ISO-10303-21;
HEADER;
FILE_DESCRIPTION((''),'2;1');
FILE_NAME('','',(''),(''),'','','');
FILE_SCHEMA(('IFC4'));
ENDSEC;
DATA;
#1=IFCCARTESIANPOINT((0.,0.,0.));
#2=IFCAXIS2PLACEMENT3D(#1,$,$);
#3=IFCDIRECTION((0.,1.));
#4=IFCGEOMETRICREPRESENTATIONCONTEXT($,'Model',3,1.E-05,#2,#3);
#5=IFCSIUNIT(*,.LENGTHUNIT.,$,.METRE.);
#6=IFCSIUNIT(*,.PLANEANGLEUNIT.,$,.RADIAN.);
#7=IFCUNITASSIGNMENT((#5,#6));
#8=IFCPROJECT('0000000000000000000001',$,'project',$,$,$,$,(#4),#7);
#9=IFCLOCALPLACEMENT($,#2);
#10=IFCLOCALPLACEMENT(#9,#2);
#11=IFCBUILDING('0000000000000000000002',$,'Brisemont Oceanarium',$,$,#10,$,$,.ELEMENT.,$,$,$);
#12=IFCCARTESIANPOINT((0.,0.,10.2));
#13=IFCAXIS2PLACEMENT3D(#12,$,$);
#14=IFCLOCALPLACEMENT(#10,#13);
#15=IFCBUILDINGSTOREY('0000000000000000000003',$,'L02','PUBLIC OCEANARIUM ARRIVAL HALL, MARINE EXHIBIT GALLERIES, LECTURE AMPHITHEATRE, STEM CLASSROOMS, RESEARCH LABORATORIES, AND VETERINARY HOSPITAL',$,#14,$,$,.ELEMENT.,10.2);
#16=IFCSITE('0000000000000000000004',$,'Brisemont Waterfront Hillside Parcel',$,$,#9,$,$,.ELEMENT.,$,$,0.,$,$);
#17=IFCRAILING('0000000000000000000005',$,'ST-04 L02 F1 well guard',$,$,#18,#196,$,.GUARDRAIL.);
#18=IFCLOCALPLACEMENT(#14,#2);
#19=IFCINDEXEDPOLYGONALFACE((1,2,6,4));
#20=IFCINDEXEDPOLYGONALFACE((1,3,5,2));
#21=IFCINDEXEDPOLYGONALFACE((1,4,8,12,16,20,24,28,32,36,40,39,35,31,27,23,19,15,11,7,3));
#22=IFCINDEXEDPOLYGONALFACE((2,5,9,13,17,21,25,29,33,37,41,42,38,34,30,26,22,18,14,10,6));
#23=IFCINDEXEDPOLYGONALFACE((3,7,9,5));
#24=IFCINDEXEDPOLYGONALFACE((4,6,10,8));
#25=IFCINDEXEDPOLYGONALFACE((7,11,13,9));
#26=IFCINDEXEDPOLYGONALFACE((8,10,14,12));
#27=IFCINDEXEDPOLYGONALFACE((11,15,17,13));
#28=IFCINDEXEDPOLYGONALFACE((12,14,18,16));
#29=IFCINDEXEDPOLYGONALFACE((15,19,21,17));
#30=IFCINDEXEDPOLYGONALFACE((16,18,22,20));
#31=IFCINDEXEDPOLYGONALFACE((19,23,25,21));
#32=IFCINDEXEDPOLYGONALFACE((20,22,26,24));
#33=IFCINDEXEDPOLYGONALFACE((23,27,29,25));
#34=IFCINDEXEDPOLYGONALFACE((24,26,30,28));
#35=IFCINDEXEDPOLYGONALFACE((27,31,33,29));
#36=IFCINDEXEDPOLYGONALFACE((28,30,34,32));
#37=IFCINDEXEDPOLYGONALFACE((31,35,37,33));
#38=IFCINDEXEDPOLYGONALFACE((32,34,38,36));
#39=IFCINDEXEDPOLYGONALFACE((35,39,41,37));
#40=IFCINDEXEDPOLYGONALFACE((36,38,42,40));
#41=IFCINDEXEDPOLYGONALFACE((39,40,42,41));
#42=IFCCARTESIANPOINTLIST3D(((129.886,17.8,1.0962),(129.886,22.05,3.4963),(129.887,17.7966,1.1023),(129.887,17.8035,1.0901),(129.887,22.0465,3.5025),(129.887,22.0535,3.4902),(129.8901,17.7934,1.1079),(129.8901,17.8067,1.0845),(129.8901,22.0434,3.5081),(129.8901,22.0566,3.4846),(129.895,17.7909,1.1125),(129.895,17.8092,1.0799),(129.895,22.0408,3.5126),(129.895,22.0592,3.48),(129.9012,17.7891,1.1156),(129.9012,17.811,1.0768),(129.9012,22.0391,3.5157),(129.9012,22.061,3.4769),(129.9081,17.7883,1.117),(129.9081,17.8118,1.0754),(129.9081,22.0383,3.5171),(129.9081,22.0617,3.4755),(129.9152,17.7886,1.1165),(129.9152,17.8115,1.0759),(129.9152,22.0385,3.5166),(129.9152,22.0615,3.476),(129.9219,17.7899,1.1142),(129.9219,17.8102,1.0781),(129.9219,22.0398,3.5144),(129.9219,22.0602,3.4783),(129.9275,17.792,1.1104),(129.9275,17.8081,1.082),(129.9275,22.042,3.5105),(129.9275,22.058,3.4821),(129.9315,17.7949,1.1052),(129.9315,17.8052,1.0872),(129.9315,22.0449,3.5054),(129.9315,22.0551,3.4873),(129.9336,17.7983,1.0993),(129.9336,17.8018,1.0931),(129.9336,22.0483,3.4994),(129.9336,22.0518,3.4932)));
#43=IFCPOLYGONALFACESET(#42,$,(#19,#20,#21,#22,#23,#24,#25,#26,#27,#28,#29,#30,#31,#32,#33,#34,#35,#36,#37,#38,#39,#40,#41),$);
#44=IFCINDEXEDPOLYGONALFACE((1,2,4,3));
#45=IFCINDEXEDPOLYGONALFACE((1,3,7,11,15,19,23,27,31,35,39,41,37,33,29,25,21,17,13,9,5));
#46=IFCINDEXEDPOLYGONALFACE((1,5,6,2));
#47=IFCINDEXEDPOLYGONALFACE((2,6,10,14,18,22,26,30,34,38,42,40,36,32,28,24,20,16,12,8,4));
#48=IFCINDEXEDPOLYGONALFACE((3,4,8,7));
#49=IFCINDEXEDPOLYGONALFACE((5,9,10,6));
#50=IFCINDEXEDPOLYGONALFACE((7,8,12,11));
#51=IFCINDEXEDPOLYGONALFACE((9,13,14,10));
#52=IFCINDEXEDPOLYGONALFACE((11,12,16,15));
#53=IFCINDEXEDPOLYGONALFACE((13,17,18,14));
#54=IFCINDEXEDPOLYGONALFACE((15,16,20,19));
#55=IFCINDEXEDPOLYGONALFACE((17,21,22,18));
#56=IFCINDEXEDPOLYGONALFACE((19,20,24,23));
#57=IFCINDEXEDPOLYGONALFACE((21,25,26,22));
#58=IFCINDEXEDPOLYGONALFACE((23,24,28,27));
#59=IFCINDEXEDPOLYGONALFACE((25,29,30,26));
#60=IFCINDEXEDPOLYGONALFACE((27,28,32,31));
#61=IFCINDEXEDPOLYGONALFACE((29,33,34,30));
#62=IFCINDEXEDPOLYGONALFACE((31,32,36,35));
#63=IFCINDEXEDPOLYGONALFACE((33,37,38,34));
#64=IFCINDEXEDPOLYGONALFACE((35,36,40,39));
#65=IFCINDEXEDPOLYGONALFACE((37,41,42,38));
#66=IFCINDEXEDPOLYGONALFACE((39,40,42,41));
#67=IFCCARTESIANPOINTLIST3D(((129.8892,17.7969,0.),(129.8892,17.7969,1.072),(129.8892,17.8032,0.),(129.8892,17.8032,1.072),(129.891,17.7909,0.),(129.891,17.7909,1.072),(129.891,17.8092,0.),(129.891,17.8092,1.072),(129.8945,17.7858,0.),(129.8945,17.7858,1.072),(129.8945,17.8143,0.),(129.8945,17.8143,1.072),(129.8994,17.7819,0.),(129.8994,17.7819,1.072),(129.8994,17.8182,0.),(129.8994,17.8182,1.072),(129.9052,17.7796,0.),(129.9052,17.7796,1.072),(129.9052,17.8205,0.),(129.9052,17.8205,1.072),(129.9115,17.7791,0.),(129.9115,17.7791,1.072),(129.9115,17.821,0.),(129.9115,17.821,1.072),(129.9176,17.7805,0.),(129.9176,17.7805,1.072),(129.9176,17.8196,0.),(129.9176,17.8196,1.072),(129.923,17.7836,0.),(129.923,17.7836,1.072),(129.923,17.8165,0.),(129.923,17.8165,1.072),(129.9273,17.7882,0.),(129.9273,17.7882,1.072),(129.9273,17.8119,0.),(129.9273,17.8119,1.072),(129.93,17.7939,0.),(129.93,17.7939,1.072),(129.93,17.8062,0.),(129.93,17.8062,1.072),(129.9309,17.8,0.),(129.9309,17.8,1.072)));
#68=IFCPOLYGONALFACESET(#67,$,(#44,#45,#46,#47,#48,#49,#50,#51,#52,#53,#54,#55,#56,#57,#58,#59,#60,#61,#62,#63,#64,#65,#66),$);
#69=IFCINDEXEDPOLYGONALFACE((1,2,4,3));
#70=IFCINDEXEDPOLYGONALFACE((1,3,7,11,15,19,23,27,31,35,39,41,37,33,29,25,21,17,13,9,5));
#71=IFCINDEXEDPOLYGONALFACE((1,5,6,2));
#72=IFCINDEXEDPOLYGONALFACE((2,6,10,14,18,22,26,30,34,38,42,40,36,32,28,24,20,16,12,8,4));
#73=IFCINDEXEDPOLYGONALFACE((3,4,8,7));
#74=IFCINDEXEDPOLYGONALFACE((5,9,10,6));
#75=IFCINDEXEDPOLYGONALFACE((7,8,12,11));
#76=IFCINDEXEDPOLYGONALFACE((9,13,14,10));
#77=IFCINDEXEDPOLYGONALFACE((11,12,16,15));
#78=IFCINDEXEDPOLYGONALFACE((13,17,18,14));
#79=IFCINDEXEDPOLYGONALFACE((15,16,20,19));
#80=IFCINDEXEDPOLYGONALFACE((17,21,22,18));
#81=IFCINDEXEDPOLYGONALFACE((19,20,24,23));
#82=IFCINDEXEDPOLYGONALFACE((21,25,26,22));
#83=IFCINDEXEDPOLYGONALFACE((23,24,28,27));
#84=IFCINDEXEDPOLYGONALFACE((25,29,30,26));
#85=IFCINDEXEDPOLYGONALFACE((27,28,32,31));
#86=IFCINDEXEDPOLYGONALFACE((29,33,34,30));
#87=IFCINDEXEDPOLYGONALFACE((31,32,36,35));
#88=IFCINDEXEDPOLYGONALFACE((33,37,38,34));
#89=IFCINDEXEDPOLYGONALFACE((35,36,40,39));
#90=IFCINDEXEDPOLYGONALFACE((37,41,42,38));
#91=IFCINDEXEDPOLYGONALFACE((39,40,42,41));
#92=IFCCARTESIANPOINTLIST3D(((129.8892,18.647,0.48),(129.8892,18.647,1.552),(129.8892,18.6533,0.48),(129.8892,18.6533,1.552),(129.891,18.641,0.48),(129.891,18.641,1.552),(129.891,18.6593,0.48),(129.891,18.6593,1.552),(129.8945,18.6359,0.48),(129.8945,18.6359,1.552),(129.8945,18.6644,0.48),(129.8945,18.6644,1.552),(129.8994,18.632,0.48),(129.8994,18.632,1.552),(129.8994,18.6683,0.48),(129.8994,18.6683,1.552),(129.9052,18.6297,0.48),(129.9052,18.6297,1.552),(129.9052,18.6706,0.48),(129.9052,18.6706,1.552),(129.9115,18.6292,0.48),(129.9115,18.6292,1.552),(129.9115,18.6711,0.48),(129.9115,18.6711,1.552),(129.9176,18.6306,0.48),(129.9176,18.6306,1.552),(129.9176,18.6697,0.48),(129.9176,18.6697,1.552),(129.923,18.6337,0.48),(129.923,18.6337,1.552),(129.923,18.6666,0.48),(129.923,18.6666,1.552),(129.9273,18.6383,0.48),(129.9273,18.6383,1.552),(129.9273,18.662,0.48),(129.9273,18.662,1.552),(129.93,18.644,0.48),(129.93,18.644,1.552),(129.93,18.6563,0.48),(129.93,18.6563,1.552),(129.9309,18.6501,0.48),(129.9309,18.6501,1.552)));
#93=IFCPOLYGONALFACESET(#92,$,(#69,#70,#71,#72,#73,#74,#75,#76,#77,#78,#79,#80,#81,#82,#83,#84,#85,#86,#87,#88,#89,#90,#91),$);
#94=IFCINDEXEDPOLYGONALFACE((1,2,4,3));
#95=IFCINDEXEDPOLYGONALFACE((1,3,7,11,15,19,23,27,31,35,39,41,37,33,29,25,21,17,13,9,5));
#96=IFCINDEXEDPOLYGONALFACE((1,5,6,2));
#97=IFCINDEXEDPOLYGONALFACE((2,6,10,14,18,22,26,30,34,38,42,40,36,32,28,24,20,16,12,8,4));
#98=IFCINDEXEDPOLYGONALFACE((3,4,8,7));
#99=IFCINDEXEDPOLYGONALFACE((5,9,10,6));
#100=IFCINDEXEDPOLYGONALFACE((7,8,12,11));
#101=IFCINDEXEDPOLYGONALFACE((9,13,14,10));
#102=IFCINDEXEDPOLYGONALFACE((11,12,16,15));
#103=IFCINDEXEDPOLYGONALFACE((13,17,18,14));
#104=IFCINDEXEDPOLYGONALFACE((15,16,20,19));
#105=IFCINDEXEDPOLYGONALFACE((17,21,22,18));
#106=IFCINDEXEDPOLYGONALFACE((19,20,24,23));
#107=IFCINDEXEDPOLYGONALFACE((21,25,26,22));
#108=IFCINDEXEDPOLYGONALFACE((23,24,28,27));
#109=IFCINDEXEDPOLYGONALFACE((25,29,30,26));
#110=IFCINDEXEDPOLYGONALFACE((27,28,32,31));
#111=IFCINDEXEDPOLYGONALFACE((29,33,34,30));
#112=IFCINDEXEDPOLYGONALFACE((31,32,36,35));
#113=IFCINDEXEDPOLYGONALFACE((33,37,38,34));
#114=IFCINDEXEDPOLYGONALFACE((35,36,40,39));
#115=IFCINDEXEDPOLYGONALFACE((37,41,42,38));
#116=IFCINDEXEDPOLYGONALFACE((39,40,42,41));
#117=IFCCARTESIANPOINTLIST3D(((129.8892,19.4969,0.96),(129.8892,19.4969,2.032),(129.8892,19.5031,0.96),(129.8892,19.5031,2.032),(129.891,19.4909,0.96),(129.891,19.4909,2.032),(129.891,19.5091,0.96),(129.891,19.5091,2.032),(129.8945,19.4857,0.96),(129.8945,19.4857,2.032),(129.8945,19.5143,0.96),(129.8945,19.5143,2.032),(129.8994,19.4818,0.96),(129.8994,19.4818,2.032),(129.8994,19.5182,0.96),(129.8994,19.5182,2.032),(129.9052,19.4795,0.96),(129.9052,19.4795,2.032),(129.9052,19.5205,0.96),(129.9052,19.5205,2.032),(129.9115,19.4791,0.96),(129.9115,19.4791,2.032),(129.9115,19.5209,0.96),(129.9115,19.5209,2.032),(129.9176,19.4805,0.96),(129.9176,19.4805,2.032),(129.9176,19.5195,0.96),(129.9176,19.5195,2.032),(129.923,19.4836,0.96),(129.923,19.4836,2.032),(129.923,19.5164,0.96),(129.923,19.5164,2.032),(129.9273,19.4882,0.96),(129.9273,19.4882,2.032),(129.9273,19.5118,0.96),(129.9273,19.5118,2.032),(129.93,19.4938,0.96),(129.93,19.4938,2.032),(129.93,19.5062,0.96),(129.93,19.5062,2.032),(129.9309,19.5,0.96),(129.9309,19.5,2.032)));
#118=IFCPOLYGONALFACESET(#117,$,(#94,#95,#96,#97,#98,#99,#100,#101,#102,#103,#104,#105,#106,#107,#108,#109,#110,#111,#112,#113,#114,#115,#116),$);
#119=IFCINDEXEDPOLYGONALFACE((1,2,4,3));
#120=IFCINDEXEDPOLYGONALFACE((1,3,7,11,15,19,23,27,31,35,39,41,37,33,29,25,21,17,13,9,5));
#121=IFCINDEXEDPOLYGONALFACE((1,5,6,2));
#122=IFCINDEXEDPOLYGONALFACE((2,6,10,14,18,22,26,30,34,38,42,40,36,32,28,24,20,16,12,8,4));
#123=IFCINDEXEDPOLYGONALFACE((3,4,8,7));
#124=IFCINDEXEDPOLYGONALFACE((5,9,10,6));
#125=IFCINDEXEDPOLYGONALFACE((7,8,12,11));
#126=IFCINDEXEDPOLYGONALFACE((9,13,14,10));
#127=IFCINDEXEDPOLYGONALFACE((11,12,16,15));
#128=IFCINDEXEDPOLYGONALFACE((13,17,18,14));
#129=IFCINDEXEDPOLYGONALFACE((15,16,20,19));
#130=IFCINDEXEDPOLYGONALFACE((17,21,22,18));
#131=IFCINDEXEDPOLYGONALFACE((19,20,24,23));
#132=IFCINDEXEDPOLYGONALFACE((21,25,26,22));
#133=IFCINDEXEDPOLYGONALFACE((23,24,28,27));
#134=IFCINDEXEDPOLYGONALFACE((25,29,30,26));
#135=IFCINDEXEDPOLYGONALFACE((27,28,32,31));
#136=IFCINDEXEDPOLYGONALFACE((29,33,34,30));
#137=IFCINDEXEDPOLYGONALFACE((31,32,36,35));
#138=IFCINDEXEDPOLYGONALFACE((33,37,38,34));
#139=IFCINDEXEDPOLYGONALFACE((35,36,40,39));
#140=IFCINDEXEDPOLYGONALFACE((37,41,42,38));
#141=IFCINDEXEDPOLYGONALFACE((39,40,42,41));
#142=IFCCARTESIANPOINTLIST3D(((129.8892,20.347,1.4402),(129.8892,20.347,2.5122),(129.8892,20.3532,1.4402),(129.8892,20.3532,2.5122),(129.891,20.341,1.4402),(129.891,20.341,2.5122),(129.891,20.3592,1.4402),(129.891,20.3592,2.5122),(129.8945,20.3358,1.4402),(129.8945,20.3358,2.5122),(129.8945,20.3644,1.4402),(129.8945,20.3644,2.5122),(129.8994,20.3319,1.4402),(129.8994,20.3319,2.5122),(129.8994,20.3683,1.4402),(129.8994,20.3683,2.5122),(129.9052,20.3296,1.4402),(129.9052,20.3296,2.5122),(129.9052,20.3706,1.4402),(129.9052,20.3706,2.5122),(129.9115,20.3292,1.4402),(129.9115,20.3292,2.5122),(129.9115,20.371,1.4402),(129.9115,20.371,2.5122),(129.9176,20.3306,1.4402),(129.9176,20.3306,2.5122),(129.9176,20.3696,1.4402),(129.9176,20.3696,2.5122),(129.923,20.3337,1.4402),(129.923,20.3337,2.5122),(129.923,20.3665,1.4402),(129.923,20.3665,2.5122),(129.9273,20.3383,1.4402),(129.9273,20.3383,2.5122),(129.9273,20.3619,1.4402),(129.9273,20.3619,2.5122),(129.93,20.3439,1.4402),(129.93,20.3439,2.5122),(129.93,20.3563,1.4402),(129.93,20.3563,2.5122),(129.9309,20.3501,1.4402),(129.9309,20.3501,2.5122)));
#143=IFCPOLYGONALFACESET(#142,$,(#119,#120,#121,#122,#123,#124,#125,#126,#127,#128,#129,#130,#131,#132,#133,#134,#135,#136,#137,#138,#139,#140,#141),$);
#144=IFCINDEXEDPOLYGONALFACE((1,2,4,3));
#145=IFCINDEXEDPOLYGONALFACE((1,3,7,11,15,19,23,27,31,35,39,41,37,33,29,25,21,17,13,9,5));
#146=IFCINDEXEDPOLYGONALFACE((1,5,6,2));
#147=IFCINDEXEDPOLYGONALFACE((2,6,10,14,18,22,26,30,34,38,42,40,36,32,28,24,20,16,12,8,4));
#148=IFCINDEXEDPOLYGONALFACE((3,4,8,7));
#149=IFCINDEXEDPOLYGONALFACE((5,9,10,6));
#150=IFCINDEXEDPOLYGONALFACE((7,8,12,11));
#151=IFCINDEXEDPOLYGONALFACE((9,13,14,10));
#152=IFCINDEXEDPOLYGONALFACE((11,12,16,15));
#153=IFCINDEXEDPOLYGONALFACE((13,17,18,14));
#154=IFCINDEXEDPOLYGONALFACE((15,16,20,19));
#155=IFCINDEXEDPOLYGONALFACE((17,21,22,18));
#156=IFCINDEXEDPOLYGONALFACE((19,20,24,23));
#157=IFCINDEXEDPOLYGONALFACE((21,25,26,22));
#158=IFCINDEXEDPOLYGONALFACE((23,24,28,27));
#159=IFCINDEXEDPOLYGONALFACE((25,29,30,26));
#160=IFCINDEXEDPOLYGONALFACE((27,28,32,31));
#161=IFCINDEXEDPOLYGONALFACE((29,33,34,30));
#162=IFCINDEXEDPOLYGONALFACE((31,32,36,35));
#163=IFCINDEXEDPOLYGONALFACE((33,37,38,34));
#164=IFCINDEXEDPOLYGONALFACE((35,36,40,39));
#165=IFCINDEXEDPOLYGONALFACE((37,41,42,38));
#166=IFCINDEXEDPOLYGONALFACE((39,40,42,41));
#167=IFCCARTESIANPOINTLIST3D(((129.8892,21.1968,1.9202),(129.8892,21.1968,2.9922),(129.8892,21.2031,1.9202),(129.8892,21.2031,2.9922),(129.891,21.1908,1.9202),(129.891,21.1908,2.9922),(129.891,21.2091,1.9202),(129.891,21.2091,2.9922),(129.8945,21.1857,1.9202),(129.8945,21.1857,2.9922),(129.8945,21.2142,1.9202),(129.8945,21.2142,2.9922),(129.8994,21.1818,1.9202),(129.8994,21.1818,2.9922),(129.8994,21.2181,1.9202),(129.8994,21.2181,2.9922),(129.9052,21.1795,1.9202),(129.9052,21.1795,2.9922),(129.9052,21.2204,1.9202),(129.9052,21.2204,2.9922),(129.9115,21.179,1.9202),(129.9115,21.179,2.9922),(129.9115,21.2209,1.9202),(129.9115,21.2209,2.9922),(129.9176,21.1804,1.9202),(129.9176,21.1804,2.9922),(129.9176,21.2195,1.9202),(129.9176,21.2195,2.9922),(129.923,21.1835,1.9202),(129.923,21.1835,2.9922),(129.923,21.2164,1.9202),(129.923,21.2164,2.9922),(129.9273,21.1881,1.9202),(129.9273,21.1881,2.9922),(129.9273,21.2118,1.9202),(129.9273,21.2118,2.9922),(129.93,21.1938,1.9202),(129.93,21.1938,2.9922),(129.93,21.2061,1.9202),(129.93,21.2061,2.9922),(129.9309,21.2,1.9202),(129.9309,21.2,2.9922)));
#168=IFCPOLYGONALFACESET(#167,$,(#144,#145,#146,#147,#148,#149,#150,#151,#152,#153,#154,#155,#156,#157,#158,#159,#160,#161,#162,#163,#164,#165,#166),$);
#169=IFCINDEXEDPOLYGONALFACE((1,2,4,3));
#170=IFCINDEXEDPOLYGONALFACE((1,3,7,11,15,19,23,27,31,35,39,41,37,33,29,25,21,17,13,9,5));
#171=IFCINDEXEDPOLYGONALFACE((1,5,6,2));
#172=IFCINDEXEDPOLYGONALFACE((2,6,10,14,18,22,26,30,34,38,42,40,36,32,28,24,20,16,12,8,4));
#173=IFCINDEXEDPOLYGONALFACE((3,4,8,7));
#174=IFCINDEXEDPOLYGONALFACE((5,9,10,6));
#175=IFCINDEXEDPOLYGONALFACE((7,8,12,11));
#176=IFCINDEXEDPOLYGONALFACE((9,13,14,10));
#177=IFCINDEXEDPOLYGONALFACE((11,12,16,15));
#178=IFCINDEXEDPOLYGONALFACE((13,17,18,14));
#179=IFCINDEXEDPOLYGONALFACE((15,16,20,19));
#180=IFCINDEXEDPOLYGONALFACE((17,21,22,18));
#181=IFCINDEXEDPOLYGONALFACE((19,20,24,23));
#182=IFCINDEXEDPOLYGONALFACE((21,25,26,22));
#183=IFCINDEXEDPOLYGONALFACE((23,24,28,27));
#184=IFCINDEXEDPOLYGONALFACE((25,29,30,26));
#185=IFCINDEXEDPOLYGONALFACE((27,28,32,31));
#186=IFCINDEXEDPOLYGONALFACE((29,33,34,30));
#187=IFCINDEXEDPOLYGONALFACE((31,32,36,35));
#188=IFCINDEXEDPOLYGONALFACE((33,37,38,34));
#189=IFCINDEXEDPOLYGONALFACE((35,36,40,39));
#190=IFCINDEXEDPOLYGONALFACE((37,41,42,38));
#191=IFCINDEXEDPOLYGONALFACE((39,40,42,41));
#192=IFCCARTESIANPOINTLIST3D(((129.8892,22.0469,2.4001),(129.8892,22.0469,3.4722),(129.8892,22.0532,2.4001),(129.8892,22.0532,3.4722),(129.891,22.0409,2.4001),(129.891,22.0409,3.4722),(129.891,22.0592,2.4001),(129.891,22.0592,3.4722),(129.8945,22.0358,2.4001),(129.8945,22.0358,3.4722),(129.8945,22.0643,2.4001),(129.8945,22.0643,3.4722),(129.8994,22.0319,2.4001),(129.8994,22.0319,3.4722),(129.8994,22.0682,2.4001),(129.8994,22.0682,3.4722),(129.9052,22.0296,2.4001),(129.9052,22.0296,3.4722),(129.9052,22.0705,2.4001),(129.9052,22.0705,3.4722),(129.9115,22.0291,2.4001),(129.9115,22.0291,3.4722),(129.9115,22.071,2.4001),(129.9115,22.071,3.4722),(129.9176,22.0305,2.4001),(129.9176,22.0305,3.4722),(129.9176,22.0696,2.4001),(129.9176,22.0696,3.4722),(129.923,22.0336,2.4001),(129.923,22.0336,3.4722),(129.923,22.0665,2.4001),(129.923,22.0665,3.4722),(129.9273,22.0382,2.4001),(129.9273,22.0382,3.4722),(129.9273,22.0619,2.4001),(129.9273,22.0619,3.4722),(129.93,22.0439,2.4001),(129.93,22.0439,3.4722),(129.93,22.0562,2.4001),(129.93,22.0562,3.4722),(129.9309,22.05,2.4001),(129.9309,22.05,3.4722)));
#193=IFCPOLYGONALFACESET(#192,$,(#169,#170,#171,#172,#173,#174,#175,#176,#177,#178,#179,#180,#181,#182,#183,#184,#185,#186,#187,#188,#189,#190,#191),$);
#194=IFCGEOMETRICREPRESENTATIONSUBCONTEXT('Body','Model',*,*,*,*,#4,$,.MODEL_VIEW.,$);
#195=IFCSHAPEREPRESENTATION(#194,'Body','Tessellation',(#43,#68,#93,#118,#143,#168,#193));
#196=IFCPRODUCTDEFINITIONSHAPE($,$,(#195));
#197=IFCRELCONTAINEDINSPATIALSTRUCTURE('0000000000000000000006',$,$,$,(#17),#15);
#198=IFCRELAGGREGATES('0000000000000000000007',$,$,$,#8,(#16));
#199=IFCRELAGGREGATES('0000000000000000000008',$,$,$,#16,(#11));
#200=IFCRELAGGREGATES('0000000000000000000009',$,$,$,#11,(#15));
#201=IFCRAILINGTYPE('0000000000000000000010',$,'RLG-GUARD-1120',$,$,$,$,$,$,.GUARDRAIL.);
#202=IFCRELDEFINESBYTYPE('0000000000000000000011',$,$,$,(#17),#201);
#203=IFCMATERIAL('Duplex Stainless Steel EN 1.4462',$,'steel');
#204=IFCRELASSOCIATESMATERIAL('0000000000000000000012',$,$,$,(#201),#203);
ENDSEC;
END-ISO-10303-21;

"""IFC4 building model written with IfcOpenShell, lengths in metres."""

from ifc_helpers import new_model, si_unit, direction, frame, origin, origin_2d, place, context, subcontext, project, spatial, circle, extrude, material, type_object, element, save


model = new_model("IFC4")

# Units and contexts
model_context = context("Model", 3, precision=1e-05, world=origin(), true_north=direction((0.0, 1.0)))
body_context = subcontext(model_context, "Body", "Model", "MODEL_VIEW")
ifc_project = project(units=[si_unit("LENGTHUNIT", "METRE"), si_unit("PLANEANGLEUNIT", "RADIAN")], contexts=[model_context])

# Site, building, storey
site_placement = place(None, origin())
site = spatial("IfcSite", under=ifc_project, at=site_placement, Name="Brisemont Waterfront Hillside Parcel", CompositionType="ELEMENT", RefElevation=0.0)
building_placement = place(site_placement, origin())
building = spatial("IfcBuilding", under=site, at=building_placement, Name="Brisemont Oceanarium", CompositionType="ELEMENT")
storey_placement = place(building_placement, frame((0.0, 0.0, 10.2)))
storey = spatial("IfcBuildingStorey", under=building, at=storey_placement, Name="L02", Description="PUBLIC OCEANARIUM ARRIVAL HALL, MARINE EXHIBIT GALLERIES, LECTURE AMPHITHEATRE, STEM CLASSROOMS, RESEARCH LABORATORIES, AND VETERINARY HOSPITAL", CompositionType="ELEMENT", Elevation=10.2)

# Railing
ifc_material_1 = material(Name="Duplex Stainless Steel EN 1.4462", Category="steel")
railing_type_1 = type_object("IfcRailingType", Name="RLG-GUARD-1120", PredefinedType="GUARDRAIL", material=ifc_material_1)
railing_1_placement = place(storey_placement, frame((129.9099, 17.8, 0.0)))
element("IfcRailing", 1, at=railing_1_placement, inside=storey, type_object=railing_type_1, Name="ST-04 L02 F1 well guard", PredefinedType="GUARDRAIL", context=body_context, shape_type="SweptSolid", body=[
    extrude(circle(Radius=0.0239, at=origin_2d()), frame((0.0, 0.0, 1.0962), z_axis=(0.0, 0.870741, 0.491742), x_axis=(-1.0, 0.0, 0.0)), (0.0, 0.0, 1.0), 4.8809),
    extrude(circle(Radius=0.021, at=origin_2d()), origin(), (0.0, 0.0, 1.0), 1.072),
    extrude(circle(Radius=0.021, at=origin_2d()), frame((0.0, 0.8501, 0.48)), (0.0, 0.0, 1.0), 1.072),
    extrude(circle(Radius=0.021, at=origin_2d()), frame((0.0, 1.7, 0.96)), (0.0, 0.0, 1.0), 1.072),
    extrude(circle(Radius=0.021, at=origin_2d()), frame((0.0, 2.55, 1.4402)), (0.0, 0.0, 1.0), 1.072),
    extrude(circle(Radius=0.021, at=origin_2d()), frame((0.0, 3.3999, 1.9202)), (0.0, 0.0, 1.0), 1.072),
    extrude(circle(Radius=0.021, at=origin_2d()), frame((0.0, 4.25, 2.4001)), (0.0, 0.0, 1.0), 1.072),
])

save(model, "model.ifc")
